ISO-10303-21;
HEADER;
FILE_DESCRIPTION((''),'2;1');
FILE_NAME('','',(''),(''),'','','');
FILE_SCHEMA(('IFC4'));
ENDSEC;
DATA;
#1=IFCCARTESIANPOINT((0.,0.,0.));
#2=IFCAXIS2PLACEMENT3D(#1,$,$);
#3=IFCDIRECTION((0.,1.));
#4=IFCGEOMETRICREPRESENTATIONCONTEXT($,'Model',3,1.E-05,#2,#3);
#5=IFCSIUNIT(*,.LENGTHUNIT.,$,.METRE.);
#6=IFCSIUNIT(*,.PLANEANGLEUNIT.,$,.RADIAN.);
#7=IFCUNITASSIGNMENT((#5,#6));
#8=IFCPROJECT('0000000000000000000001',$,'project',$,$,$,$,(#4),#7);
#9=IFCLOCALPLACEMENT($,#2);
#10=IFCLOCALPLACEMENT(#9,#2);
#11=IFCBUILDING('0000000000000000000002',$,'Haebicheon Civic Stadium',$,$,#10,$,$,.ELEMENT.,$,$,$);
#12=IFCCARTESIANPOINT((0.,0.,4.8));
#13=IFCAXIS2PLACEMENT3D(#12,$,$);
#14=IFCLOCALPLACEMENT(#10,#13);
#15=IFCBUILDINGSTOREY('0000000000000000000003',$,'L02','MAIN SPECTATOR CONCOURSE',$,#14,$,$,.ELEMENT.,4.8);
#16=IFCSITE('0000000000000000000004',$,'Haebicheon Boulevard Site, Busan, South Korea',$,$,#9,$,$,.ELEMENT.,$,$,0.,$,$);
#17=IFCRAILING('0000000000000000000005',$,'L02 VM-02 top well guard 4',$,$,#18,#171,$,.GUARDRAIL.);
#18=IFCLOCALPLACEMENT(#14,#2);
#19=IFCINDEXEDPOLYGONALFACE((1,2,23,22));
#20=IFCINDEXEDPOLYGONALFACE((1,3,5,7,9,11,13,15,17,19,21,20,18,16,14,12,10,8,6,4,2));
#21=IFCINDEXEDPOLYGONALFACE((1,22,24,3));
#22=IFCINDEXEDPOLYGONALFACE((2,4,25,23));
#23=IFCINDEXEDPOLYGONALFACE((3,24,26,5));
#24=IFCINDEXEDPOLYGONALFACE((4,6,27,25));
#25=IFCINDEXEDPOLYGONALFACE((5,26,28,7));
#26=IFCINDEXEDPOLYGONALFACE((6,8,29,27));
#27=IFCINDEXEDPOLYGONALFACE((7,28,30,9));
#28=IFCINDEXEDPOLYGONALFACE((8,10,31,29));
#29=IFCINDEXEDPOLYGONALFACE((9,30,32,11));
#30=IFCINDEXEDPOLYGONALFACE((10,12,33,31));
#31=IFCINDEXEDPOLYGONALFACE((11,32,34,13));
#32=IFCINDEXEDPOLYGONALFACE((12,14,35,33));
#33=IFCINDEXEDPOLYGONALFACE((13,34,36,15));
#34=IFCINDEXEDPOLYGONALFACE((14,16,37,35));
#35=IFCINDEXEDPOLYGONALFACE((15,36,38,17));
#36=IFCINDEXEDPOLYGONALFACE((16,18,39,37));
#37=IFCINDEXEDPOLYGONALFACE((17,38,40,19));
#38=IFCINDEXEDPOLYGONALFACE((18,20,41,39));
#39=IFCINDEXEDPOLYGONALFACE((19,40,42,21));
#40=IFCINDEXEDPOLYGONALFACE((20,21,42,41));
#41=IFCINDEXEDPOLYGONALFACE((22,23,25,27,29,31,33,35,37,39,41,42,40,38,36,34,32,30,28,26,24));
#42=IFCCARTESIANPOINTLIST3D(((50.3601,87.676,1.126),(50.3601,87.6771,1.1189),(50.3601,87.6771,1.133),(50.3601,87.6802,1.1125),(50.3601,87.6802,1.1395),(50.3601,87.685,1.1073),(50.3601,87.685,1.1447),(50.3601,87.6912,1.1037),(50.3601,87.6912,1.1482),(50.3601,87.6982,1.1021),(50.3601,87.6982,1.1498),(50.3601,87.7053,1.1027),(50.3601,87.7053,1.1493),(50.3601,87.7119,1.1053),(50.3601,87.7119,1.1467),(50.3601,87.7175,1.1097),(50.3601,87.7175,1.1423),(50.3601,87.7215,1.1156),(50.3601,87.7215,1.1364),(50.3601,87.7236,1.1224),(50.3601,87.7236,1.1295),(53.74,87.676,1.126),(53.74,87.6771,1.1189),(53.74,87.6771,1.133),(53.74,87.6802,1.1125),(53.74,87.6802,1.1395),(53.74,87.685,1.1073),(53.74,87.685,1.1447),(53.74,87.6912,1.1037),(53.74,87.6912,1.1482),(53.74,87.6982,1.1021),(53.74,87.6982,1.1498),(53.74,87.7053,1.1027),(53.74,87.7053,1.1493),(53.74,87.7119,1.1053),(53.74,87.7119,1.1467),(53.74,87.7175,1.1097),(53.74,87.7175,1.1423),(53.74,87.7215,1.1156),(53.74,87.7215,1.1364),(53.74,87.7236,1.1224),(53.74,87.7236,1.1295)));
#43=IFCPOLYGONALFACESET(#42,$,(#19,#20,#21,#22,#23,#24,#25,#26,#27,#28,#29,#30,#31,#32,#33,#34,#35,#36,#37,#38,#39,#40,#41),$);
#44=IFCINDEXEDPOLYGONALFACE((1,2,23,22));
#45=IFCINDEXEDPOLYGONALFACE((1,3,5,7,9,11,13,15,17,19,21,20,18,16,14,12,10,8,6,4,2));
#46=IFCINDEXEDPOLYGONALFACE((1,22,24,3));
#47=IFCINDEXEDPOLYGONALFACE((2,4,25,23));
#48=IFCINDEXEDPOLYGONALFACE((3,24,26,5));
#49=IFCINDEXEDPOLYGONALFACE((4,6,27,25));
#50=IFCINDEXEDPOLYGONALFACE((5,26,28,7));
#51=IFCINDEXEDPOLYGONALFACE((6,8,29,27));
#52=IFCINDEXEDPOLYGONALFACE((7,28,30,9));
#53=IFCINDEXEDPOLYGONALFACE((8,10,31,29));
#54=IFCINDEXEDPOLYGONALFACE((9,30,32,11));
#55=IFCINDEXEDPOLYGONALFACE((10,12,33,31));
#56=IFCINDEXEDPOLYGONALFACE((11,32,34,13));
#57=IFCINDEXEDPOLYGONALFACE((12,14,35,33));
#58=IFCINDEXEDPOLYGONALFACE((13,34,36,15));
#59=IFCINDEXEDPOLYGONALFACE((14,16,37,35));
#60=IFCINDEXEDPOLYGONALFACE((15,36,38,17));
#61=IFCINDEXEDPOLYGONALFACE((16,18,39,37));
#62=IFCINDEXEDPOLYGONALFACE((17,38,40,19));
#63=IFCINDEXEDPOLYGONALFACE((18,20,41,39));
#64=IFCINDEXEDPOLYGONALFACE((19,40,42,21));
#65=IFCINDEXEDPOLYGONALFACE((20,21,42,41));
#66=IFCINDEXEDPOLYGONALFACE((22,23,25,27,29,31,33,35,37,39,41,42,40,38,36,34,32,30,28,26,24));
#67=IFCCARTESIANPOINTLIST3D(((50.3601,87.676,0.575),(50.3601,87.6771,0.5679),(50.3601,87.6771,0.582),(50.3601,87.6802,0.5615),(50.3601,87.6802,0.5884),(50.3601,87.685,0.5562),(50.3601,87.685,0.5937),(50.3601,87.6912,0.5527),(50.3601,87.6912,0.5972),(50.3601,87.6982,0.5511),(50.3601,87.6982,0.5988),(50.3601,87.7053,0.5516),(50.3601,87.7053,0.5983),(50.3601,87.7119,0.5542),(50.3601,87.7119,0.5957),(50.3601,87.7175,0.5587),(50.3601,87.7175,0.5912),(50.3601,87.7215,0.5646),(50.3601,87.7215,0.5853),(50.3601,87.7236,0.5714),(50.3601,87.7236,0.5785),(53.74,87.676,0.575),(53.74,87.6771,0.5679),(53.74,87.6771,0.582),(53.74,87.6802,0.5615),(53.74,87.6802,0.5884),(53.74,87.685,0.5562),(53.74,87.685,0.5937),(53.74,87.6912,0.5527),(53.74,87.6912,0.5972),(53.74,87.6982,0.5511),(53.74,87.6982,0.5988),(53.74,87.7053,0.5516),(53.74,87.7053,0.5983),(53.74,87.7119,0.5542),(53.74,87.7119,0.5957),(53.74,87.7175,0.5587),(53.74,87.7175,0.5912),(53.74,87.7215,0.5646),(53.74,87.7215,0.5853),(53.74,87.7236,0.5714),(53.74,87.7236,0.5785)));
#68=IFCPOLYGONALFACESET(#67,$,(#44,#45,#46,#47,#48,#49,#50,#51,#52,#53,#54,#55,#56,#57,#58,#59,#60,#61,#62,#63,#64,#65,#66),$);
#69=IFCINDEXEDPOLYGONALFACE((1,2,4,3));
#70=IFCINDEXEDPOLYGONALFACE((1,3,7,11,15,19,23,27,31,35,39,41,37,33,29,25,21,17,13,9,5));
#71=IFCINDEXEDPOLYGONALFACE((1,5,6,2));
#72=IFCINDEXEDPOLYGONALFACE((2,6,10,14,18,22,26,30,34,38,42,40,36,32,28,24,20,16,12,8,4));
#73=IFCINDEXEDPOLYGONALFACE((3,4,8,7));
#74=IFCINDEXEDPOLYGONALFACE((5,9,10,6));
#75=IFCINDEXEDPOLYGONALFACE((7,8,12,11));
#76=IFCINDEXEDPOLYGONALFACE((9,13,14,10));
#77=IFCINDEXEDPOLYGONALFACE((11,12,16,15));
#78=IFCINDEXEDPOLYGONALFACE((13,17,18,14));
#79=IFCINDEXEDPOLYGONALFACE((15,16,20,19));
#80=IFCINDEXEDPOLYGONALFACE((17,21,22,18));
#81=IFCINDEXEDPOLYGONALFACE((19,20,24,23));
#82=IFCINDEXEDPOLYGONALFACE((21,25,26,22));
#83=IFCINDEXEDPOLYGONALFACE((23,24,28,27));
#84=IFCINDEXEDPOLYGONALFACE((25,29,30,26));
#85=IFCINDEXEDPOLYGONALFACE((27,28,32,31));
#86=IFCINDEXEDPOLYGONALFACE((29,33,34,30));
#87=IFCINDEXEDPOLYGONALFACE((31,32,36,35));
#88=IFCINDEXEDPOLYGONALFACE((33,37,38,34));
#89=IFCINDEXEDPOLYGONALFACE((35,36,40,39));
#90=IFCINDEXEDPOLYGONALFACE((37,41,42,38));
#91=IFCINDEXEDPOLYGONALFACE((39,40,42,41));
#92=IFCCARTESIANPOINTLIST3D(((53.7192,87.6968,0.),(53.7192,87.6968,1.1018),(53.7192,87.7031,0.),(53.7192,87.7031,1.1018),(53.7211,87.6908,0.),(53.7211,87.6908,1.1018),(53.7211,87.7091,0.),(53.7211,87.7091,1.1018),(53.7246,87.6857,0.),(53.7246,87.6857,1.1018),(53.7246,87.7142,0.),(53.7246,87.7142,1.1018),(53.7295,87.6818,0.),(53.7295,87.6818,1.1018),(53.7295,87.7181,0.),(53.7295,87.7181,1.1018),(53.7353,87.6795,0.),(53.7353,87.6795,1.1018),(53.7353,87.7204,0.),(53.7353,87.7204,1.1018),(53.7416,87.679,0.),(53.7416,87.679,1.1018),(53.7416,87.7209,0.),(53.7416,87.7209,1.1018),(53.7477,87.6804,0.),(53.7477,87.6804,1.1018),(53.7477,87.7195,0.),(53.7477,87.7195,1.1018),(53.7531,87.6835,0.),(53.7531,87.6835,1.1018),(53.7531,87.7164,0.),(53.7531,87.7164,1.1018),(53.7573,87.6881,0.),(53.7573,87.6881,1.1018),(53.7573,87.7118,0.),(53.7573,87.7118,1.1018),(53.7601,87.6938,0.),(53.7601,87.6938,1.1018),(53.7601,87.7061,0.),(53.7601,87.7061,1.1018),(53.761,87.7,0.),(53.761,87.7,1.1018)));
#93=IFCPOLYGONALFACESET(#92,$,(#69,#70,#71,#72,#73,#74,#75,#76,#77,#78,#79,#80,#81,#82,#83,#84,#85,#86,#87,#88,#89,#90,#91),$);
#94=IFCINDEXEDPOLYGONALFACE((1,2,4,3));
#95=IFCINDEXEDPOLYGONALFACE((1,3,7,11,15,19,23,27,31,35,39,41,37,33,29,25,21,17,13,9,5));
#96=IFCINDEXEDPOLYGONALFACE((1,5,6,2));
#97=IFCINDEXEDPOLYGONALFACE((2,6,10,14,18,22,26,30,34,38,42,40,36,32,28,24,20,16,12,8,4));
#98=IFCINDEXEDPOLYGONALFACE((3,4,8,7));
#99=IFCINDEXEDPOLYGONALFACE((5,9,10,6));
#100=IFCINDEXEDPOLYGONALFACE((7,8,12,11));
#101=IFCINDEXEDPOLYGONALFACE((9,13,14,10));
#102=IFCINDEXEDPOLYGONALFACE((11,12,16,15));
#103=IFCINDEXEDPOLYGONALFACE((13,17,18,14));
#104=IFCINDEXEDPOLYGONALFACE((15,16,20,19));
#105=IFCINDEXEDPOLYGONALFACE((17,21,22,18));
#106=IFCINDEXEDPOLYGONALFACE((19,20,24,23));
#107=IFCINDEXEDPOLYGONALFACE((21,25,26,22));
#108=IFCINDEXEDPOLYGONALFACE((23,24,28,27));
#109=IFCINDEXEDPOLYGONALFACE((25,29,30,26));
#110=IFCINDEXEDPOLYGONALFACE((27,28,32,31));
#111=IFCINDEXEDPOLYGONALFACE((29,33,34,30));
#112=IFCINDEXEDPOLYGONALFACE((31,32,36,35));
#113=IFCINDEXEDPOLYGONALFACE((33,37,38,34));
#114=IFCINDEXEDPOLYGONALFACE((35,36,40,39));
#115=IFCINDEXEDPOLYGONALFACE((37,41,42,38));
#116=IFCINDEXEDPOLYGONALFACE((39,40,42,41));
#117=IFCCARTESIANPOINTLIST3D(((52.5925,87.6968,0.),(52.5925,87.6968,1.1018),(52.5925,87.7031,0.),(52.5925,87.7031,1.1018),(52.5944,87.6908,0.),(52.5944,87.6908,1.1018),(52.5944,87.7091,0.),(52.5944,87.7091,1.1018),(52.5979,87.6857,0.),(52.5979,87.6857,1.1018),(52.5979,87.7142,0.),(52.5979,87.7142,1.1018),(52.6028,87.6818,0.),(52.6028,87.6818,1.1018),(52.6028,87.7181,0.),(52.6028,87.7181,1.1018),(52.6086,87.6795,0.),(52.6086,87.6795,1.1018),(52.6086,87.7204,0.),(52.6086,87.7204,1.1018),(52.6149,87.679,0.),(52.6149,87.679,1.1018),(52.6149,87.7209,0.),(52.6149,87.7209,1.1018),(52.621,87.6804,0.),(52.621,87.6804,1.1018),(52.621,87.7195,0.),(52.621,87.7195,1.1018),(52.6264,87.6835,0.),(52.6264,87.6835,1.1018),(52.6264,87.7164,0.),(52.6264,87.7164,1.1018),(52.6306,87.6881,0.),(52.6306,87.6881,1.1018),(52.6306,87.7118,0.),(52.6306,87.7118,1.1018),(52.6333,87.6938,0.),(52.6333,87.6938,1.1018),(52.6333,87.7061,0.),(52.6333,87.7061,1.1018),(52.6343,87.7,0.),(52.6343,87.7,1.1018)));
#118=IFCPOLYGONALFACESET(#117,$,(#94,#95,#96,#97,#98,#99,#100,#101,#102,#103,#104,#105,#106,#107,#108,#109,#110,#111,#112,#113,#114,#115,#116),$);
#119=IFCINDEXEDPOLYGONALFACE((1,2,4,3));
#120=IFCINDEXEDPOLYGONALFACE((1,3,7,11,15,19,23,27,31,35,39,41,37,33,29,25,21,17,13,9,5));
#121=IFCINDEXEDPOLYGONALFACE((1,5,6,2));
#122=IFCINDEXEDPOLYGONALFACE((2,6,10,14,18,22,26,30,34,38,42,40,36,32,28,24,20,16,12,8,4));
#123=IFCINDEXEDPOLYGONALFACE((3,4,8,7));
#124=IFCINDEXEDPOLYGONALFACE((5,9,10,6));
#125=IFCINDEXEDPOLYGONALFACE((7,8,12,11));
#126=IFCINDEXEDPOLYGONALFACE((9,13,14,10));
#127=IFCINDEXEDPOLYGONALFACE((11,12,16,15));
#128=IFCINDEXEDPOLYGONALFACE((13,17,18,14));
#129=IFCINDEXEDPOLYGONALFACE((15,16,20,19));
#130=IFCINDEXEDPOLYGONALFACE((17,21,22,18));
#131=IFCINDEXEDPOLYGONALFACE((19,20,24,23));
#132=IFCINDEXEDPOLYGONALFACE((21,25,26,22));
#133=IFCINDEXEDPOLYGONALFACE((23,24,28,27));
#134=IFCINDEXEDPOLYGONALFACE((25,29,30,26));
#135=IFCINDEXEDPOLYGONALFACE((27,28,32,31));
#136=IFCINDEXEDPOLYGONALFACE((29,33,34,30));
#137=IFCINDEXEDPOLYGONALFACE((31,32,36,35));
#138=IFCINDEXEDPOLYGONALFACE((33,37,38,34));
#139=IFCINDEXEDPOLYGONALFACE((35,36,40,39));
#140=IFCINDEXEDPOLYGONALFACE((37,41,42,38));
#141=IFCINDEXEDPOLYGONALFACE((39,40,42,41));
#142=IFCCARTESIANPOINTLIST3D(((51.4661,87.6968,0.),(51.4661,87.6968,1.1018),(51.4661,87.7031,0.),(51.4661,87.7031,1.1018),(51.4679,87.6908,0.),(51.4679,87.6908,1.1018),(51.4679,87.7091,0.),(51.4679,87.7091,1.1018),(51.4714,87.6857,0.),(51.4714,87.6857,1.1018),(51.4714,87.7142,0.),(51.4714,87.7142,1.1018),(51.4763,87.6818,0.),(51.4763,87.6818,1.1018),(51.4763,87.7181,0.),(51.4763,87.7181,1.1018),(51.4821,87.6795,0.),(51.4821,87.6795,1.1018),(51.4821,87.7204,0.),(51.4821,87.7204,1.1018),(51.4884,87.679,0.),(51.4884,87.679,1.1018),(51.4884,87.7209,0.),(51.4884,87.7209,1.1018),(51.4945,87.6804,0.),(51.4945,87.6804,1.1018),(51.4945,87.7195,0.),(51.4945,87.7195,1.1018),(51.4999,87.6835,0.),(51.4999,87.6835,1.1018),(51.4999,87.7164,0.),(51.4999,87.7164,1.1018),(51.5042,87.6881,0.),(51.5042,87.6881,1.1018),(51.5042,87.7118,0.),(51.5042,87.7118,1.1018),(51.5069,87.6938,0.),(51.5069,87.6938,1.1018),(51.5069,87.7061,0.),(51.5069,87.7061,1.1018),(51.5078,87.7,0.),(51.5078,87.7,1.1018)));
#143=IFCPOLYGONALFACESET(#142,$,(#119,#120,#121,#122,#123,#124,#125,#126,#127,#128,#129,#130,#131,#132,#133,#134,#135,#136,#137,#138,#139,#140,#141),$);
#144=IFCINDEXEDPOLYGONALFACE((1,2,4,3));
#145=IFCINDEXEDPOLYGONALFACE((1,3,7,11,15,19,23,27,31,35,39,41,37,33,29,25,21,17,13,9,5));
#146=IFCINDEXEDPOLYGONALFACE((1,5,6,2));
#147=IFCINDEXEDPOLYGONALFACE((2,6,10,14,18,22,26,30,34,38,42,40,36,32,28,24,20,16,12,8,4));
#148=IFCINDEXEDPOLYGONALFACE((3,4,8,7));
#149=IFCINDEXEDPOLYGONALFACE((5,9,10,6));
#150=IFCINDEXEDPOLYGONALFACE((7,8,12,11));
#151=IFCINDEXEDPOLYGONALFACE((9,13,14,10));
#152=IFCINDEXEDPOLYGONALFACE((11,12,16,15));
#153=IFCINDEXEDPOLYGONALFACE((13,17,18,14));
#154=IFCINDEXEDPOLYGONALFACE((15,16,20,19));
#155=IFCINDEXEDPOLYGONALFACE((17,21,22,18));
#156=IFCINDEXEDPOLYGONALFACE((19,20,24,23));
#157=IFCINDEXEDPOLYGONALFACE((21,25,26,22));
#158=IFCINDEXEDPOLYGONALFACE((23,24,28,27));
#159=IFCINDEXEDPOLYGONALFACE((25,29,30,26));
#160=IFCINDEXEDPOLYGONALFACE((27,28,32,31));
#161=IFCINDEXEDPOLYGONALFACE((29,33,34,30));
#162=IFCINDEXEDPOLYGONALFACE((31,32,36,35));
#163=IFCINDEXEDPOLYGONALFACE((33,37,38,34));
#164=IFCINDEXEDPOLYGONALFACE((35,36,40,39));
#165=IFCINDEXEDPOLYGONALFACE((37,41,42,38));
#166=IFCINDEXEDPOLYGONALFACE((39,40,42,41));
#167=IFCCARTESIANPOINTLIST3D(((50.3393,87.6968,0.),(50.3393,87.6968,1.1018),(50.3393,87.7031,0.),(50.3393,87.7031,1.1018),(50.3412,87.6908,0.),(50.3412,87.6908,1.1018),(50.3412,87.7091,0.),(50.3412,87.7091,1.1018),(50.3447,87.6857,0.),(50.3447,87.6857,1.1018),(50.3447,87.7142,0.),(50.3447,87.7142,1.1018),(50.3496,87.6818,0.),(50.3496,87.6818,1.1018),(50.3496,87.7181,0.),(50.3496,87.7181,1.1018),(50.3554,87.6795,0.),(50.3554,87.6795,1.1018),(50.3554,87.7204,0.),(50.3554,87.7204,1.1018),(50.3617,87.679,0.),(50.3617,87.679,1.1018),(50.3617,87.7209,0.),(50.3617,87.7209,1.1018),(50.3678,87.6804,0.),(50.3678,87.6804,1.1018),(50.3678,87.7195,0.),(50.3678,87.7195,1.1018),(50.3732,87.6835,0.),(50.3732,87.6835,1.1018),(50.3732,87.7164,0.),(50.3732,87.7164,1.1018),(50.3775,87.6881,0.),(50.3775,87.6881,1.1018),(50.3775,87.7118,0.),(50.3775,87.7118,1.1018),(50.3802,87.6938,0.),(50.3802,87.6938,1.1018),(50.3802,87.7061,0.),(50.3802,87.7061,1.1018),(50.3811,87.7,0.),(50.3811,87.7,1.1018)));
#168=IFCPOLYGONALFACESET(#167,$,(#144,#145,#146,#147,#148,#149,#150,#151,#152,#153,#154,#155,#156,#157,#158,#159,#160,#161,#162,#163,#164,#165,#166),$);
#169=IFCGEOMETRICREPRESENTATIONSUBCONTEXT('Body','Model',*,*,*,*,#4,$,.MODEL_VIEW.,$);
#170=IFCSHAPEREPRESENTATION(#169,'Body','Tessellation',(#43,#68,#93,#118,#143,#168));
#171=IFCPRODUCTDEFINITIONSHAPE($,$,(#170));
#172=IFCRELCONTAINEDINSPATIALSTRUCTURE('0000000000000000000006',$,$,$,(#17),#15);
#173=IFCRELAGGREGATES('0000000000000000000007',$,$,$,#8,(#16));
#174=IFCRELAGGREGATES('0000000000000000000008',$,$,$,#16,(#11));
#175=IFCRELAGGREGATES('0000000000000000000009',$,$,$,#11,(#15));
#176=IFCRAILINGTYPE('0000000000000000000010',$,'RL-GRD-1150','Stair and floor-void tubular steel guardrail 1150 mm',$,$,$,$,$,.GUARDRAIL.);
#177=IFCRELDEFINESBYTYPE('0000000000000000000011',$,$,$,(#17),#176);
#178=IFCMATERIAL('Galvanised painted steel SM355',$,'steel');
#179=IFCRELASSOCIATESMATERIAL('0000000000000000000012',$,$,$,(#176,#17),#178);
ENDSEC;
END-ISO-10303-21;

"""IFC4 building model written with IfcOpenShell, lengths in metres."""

from ifc_helpers import new_model, si_unit, direction, frame, origin, origin_2d, place, context, subcontext, project, spatial, circle, extrude, material, type_object, element, save


model = new_model("IFC4")

# Units and contexts
model_context = context("Model", 3, precision=1e-05, world=origin(), true_north=direction((0.0, 1.0)))
body_context = subcontext(model_context, "Body", "Model", "MODEL_VIEW")
ifc_project = project(units=[si_unit("LENGTHUNIT", "METRE"), si_unit("PLANEANGLEUNIT", "RADIAN")], contexts=[model_context])

# Site, building, storey
site_placement = place(None, origin())
site = spatial("IfcSite", under=ifc_project, at=site_placement, Name="Haebicheon Boulevard Site, Busan, South Korea", CompositionType="ELEMENT", RefElevation=0.0)
building_placement = place(site_placement, origin())
building = spatial("IfcBuilding", under=site, at=building_placement, Name="Haebicheon Civic Stadium", CompositionType="ELEMENT")
storey_placement = place(building_placement, frame((0.0, 0.0, 4.8)))
storey = spatial("IfcBuildingStorey", under=building, at=storey_placement, Name="L02", Description="MAIN SPECTATOR CONCOURSE", CompositionType="ELEMENT", Elevation=4.8)

# Railing
ifc_material_1 = material(Name="Galvanised painted steel SM355", Category="steel")
railing_type_1 = type_object("IfcRailingType", Name="RL-GRD-1150", Description="Stair and floor-void tubular steel guardrail 1150 mm", PredefinedType="GUARDRAIL", material=ifc_material_1)
railing_1_placement = place(storey_placement, frame((53.74, 87.7, 0.0)))
element("IfcRailing", 1, at=railing_1_placement, inside=storey, type_object=railing_type_1, material=ifc_material_1, Name="L02 VM-02 top well guard 4", PredefinedType="GUARDRAIL", context=body_context, shape_type="SweptSolid", body=[
    extrude(circle(Radius=0.0239, at=origin_2d()), frame((0.0, 0.0, 1.126), z_axis=(-1.0, 0.0, 0.0), x_axis=(0.0, -1.0, 0.0)), (0.0, 0.0, 1.0), 3.3799),
    extrude(circle(Radius=0.0239, at=origin_2d()), frame((0.0, 0.0, 0.575), z_axis=(-1.0, 0.0, 0.0), x_axis=(0.0, -1.0, 0.0)), (0.0, 0.0, 1.0), 3.3799),
    extrude(circle(Radius=0.021, at=origin_2d()), origin(), (0.0, 0.0, 1.0), 1.1018),
    extrude(circle(Radius=0.021, at=origin_2d()), frame((-1.1267, 0.0, 0.0)), (0.0, 0.0, 1.0), 1.1018),
    extrude(circle(Radius=0.021, at=origin_2d()), frame((-2.2532, 0.0, 0.0)), (0.0, 0.0, 1.0), 1.1018),
    extrude(circle(Radius=0.021, at=origin_2d()), frame((-3.3799, 0.0, 0.0)), (0.0, 0.0, 1.0), 1.1018),
])

save(model, "model.ifc")
